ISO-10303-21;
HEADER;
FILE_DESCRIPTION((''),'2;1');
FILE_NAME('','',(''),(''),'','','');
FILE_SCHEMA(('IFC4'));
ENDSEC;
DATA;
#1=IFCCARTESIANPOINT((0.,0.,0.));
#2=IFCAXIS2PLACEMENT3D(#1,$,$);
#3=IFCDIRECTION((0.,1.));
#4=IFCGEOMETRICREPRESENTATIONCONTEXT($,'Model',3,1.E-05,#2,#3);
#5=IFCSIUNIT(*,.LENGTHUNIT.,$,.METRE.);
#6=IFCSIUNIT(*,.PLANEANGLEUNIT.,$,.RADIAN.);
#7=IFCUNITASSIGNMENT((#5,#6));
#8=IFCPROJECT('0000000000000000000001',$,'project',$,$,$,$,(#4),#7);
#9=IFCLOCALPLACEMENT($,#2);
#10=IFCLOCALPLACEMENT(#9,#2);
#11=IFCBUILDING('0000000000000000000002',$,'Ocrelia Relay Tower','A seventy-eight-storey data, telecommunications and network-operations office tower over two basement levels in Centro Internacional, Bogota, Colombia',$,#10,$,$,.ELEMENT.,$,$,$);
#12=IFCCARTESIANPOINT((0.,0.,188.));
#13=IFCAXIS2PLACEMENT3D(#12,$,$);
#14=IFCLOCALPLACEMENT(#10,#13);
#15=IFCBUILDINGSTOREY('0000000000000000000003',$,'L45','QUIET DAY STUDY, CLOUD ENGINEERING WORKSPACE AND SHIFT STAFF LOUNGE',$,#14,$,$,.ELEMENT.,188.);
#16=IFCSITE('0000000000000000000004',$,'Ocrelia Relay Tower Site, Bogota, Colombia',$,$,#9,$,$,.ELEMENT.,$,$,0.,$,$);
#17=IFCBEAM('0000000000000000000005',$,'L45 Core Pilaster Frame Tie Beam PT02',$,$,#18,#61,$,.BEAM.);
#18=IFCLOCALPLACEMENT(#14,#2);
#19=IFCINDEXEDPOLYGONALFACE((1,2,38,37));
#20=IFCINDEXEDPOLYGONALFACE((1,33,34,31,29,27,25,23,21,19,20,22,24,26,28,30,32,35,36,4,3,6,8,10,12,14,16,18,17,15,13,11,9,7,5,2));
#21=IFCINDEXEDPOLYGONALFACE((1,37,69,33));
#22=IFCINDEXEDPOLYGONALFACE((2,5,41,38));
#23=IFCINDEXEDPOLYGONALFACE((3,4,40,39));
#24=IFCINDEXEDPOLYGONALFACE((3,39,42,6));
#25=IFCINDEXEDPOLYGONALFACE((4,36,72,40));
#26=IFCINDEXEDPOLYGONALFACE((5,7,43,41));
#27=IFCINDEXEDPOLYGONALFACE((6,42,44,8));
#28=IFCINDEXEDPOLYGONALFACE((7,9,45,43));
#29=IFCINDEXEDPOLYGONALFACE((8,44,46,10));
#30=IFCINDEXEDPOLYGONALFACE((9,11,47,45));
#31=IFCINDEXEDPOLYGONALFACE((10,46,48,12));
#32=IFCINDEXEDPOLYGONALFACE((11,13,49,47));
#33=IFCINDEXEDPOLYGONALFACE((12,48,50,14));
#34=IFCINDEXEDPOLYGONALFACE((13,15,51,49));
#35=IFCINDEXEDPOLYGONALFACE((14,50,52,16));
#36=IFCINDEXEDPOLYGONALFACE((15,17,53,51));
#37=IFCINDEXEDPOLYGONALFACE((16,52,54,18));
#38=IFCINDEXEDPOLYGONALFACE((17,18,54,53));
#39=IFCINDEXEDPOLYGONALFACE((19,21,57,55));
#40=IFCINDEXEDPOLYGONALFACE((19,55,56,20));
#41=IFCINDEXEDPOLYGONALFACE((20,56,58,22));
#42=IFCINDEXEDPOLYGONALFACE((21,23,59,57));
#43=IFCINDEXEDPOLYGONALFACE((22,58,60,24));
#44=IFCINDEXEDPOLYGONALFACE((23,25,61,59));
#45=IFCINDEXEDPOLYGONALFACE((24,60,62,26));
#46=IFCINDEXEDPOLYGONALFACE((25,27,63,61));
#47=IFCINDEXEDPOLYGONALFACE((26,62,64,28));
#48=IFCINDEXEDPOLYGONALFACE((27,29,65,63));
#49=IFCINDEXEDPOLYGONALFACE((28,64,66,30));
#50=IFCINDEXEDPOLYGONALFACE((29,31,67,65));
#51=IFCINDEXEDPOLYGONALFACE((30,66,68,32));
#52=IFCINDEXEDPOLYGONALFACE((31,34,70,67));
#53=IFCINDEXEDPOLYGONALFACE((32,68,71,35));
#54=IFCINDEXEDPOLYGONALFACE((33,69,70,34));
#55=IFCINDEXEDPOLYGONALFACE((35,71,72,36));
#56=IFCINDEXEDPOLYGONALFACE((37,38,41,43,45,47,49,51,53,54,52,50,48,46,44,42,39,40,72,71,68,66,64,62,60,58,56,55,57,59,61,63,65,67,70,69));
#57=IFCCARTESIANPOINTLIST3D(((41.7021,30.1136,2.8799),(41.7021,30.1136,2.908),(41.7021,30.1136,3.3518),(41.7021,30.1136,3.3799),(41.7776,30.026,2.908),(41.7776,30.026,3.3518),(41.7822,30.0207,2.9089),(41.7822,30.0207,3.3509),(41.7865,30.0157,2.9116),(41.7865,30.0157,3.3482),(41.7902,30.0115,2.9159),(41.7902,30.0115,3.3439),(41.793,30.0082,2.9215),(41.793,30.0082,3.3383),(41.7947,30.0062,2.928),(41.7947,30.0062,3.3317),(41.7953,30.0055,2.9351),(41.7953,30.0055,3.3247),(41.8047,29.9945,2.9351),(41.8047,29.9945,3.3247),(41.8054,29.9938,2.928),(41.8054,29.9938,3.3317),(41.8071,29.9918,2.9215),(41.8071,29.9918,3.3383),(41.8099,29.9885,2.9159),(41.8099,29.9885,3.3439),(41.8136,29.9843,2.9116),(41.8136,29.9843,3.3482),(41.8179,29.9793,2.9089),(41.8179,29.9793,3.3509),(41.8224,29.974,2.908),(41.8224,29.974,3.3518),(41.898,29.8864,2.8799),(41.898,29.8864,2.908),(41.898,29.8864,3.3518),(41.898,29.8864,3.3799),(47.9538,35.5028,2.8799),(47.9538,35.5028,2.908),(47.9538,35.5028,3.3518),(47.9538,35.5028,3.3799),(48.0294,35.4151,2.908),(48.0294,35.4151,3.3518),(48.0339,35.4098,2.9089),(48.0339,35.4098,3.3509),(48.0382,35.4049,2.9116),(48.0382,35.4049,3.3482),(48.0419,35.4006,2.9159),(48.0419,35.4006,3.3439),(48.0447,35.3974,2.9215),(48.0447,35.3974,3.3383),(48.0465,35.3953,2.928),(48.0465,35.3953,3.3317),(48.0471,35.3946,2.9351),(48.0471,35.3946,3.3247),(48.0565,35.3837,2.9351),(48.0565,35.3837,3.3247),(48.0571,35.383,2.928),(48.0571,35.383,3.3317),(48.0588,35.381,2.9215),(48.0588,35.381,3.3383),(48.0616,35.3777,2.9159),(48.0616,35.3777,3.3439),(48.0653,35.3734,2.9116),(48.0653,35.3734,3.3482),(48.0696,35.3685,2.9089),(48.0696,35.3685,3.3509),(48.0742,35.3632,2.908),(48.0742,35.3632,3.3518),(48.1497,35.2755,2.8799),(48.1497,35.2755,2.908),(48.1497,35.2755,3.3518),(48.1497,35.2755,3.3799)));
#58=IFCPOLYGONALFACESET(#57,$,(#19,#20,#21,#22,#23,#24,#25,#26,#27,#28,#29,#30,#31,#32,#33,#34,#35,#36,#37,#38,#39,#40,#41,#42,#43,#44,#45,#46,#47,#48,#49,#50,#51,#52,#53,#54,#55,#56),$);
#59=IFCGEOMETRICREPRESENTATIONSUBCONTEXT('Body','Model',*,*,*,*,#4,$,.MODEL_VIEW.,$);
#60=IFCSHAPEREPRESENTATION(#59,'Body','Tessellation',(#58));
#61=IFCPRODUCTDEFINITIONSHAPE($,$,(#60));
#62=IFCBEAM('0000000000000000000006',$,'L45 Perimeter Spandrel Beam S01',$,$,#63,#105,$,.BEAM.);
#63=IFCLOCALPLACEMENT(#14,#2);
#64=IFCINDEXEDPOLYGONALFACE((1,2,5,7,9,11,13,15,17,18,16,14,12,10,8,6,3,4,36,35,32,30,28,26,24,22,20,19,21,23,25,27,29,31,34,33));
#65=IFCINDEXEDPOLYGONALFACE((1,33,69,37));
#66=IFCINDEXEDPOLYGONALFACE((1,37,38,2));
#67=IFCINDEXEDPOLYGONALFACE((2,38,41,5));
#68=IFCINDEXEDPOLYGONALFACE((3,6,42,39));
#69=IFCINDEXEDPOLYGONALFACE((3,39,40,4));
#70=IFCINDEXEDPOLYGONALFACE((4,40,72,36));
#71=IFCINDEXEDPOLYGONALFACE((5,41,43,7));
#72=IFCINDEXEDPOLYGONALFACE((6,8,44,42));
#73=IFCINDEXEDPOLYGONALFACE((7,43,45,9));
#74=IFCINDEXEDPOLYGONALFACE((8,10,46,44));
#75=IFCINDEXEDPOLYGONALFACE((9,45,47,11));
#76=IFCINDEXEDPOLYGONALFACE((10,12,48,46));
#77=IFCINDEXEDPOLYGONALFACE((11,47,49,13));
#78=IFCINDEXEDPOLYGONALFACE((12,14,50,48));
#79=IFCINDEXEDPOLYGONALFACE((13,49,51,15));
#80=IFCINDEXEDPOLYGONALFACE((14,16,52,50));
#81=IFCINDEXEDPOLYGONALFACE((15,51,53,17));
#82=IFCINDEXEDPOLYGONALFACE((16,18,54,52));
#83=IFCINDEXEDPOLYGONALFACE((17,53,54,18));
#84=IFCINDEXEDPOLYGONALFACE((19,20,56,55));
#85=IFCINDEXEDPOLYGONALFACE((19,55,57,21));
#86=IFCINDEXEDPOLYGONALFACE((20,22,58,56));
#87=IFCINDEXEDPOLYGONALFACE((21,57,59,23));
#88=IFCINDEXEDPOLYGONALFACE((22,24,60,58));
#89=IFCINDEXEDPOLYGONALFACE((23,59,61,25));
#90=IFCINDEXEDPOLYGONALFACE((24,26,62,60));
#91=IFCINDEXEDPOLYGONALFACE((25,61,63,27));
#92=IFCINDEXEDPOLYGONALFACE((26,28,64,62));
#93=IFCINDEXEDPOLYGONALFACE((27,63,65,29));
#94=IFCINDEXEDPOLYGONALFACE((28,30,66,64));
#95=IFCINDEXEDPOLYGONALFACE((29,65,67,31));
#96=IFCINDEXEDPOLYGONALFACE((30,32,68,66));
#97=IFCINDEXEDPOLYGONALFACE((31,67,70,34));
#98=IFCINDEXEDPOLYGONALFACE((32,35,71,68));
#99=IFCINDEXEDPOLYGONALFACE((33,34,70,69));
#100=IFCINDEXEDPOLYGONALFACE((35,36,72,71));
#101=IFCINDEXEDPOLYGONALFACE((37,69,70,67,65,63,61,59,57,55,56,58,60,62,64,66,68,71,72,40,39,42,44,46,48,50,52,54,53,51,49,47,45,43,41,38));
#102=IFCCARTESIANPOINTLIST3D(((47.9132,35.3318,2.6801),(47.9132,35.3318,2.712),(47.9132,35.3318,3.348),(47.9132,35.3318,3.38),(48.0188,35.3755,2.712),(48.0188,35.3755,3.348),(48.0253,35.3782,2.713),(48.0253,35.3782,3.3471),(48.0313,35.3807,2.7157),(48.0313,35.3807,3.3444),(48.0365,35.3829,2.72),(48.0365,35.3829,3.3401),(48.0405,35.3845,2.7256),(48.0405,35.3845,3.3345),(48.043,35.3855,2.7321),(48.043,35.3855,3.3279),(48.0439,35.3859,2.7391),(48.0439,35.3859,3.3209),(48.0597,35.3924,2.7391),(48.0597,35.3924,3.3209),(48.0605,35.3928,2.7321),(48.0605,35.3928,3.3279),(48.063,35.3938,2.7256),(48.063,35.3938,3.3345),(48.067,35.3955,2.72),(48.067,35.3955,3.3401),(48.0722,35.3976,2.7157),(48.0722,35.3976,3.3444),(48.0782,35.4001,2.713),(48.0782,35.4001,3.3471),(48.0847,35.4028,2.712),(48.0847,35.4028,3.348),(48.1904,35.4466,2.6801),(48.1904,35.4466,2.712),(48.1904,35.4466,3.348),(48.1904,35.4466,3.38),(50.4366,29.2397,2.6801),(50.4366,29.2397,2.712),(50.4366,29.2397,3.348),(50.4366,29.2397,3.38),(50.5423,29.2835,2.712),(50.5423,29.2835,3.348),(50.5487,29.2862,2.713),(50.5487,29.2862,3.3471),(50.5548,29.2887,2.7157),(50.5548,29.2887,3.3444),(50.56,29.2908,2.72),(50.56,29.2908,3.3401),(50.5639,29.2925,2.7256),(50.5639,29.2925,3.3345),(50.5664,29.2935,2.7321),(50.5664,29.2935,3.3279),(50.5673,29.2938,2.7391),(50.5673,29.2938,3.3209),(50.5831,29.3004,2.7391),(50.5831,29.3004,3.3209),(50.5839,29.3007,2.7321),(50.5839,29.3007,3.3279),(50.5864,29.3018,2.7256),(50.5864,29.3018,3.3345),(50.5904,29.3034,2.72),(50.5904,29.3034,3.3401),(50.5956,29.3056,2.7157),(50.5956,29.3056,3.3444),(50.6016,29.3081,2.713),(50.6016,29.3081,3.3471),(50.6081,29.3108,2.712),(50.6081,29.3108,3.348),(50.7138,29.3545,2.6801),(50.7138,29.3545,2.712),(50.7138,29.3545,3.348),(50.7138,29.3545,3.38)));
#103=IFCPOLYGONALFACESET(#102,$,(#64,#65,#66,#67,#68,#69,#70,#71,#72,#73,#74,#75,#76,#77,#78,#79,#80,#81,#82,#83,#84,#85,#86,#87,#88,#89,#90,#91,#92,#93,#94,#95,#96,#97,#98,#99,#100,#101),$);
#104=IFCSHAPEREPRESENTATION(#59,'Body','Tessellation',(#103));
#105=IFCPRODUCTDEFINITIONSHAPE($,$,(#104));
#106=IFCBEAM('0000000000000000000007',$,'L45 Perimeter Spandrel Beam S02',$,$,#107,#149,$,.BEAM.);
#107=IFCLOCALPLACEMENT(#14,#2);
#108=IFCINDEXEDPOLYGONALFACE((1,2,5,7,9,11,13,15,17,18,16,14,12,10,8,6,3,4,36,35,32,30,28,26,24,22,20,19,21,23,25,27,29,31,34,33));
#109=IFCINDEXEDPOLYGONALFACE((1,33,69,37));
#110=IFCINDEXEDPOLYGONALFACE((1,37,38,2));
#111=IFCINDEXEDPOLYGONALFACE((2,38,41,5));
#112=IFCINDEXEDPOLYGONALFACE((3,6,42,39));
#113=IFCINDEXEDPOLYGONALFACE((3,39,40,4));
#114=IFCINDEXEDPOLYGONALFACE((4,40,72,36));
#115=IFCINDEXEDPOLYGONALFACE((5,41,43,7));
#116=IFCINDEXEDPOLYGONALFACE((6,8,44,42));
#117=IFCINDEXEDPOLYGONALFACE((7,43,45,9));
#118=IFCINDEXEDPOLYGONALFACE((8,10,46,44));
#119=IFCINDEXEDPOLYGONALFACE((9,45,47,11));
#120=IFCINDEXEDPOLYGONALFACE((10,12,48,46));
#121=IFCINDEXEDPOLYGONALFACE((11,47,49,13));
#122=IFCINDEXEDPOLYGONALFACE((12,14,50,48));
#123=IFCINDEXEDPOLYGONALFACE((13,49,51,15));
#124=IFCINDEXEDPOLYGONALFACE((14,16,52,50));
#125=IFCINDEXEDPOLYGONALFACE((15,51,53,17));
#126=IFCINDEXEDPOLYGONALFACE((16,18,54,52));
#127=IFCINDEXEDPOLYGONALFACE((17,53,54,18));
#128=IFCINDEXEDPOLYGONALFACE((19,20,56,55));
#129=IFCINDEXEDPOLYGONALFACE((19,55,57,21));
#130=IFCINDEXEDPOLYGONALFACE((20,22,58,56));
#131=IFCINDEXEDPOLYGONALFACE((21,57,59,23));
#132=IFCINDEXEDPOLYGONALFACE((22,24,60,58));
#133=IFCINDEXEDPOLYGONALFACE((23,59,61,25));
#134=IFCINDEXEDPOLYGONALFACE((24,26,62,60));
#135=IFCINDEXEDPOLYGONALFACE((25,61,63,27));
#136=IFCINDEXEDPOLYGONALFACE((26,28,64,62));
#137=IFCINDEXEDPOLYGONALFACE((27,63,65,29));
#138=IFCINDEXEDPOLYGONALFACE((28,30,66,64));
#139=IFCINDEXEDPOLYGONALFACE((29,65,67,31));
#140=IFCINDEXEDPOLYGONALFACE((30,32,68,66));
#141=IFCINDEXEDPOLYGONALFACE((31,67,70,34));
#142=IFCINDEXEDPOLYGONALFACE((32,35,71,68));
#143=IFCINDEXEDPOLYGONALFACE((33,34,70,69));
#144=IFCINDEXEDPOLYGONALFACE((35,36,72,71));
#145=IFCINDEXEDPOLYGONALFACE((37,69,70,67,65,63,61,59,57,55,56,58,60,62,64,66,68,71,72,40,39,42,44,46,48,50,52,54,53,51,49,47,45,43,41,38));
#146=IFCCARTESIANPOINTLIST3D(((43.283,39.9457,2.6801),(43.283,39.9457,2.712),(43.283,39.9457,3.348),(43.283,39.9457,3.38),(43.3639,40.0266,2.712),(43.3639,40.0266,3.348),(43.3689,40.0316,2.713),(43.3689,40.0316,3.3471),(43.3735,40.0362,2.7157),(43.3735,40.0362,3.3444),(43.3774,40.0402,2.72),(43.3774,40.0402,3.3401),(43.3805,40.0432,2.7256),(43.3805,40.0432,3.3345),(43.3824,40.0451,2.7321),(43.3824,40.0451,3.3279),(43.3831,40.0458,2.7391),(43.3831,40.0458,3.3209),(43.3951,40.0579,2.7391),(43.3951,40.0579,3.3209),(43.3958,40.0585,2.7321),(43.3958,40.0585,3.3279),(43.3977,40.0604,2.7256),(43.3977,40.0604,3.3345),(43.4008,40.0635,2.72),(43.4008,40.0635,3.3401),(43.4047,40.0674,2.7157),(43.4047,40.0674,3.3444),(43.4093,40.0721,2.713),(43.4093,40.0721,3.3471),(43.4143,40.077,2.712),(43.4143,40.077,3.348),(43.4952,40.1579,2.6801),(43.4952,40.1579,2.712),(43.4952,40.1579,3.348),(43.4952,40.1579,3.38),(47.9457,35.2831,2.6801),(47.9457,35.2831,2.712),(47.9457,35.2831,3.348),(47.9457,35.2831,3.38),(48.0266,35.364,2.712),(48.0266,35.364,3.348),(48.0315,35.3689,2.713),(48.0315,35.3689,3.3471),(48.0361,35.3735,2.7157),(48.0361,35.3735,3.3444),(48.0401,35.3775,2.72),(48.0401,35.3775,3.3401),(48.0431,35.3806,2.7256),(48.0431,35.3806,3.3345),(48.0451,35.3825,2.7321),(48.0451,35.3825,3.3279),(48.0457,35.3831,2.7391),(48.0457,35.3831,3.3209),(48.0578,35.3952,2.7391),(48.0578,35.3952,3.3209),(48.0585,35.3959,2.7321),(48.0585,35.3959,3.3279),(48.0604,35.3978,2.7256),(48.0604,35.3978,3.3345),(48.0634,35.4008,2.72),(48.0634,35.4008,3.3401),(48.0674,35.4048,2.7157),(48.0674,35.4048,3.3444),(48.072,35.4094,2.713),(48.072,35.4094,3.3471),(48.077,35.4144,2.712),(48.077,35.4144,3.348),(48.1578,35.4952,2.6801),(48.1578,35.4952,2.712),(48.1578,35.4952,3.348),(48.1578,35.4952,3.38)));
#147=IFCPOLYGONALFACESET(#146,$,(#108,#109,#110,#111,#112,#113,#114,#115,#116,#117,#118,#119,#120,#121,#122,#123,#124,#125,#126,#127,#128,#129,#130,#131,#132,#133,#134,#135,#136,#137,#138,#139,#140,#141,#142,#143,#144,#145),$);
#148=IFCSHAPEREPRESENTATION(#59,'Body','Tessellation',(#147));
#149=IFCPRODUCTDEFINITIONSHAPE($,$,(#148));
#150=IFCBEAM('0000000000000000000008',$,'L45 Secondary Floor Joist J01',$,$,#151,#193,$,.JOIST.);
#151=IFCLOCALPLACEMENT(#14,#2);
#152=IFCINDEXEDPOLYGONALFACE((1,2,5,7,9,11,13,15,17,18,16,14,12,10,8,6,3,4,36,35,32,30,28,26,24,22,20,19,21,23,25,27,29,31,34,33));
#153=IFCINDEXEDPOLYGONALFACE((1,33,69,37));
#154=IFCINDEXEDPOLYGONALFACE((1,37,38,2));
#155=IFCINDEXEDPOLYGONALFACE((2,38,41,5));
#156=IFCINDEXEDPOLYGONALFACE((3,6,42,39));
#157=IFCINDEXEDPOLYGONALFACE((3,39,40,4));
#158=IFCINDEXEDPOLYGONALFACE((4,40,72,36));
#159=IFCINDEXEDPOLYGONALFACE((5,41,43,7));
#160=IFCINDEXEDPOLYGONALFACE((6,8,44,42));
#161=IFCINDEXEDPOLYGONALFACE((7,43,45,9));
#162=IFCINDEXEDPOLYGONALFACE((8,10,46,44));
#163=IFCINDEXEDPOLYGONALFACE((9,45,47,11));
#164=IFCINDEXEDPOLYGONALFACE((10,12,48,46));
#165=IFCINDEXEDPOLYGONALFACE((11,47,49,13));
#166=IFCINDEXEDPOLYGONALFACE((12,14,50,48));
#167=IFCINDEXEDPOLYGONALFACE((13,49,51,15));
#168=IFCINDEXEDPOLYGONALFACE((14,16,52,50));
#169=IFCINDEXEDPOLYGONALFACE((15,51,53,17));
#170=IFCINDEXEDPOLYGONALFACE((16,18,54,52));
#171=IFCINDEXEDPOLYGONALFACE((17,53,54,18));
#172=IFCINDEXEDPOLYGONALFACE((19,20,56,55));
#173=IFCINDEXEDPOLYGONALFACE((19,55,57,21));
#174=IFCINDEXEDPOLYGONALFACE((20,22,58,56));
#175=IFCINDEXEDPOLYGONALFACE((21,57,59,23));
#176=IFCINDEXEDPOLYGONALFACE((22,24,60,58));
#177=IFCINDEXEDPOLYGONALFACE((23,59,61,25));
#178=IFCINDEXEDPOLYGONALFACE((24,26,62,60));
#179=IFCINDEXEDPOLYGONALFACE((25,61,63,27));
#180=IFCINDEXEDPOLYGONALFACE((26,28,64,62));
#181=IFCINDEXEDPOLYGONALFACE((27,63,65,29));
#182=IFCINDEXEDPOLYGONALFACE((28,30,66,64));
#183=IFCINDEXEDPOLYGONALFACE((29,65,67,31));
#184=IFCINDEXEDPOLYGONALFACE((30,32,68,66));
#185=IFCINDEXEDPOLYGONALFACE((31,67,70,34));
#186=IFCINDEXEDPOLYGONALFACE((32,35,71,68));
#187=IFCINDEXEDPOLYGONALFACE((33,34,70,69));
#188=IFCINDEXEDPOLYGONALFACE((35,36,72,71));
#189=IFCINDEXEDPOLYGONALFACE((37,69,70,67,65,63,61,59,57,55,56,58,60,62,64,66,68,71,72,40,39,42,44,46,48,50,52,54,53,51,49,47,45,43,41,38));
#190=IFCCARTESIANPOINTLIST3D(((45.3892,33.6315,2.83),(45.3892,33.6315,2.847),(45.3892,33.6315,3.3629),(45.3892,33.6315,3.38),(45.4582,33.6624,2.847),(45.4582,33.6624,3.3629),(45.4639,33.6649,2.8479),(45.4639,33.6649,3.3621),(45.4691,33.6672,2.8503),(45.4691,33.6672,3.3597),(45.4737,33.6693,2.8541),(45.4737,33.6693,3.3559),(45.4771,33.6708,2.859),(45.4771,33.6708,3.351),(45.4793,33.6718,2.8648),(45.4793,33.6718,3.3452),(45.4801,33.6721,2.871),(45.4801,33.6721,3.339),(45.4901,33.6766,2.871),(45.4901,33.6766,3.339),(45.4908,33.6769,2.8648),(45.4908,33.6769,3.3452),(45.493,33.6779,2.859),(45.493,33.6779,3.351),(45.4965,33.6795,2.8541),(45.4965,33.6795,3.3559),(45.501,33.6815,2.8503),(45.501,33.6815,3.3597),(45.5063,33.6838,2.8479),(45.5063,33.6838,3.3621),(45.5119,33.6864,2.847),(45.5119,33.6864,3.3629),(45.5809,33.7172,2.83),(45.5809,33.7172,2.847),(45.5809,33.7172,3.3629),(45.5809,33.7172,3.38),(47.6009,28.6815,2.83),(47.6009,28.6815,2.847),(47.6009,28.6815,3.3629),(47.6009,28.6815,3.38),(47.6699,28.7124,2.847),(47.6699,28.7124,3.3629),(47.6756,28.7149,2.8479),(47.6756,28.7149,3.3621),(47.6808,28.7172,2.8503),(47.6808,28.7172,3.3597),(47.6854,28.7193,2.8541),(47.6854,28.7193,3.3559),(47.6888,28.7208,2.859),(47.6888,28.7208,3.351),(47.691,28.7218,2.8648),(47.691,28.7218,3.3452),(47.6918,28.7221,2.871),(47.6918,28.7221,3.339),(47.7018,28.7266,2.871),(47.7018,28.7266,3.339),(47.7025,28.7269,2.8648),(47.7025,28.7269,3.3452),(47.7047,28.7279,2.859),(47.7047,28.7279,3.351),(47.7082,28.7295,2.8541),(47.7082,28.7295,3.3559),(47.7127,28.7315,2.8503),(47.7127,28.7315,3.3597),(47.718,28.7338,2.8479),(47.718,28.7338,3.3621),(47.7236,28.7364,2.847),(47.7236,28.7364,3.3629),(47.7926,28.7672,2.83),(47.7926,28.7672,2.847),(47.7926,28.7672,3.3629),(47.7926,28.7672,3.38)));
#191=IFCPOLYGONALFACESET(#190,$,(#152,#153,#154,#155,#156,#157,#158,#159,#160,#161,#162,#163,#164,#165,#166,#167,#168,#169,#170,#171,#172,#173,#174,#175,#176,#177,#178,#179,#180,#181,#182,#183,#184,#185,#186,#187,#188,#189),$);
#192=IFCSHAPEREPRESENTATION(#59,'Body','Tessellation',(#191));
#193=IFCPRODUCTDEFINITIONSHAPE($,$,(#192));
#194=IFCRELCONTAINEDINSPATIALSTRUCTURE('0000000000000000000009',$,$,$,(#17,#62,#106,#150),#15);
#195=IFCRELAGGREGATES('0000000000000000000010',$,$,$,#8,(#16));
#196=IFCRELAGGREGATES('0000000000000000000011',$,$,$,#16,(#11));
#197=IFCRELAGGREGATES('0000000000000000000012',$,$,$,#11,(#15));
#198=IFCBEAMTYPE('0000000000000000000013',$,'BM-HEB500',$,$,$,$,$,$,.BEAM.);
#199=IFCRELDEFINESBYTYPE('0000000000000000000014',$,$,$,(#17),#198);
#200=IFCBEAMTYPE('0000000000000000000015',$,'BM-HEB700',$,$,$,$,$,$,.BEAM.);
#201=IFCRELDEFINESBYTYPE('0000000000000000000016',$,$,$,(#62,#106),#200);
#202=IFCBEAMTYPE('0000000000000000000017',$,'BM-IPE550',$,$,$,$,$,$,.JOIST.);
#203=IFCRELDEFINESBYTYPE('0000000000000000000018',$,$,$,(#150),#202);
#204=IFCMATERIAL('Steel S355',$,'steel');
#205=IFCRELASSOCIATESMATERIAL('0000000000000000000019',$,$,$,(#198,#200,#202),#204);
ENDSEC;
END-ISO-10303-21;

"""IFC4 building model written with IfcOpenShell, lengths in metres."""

from ifc_helpers import new_model, si_unit, direction, frame, origin, origin_2d, place, context, subcontext, project, spatial, i_section, extrude, material, material_profile, profile_set, type_object, element, save


model = new_model("IFC4")

# Units and contexts
model_context = context("Model", 3, precision=1e-05, world=origin(), true_north=direction((0.0, 1.0)))
body_context = subcontext(model_context, "Body", "Model", "MODEL_VIEW")
ifc_project = project(units=[si_unit("LENGTHUNIT", "METRE"), si_unit("PLANEANGLEUNIT", "RADIAN")], contexts=[model_context])

# Site, building, storey
site_placement = place(None, origin())
site = spatial("IfcSite", under=ifc_project, at=site_placement, Name="Ocrelia Relay Tower Site, Bogota, Colombia", CompositionType="ELEMENT", RefElevation=0.0)
building_placement = place(site_placement, origin())
building = spatial("IfcBuilding", under=site, at=building_placement, Name="Ocrelia Relay Tower", Description="A seventy-eight-storey data, telecommunications and network-operations office tower over two basement levels in Centro Internacional, Bogota, Colombia", CompositionType="ELEMENT")
storey_placement = place(building_placement, frame((0.0, 0.0, 188.0)))
storey = spatial("IfcBuildingStorey", under=building, at=storey_placement, Name="L45", Description="QUIET DAY STUDY, CLOUD ENGINEERING WORKSPACE AND SHIFT STAFF LOUNGE", CompositionType="ELEMENT", Elevation=188.0)

# Beams
ifc_material_1 = material(Name="Steel S355", Category="steel")
ifc_material_profile_1 = material_profile(ifc_material_1, i_section(OverallWidth=0.3, OverallDepth=0.5, WebThickness=0.0144, FlangeThickness=0.0281, FilletRadius=0.0271, at=origin_2d()), Name="HEB 500")
ifc_profile_set_1 = profile_set([ifc_material_profile_1], Name="Steel S355")
beam_type_1 = type_object("IfcBeamType", Name="BM-HEB500", PredefinedType="BEAM", material=ifc_profile_set_1)
beam_1_placement = place(storey_placement, frame((48.0518, 35.3892, 3.1299), z_axis=(-0.757425, -0.652923, 0.0), x_axis=(0.652923, -0.757425, 0.0)))
element("IfcBeam", 1, at=beam_1_placement, inside=storey, type_object=beam_type_1, Name="L45 Core Pilaster Frame Tie Beam PT02", PredefinedType="BEAM", context=body_context, shape_type="SweptSolid", body=[
    extrude(i_section(OverallWidth=0.3, OverallDepth=0.5, WebThickness=0.0144, FlangeThickness=0.0281, FilletRadius=0.0271, at=origin_2d()), origin(), (0.0, 0.0, 1.0), 8.2539),
])
ifc_material_profile_2 = material_profile(ifc_material_1, i_section(OverallWidth=0.3, OverallDepth=0.7, WebThickness=0.0171, FlangeThickness=0.032, FilletRadius=0.0271, at=origin_2d()), Name="HEB 700")
ifc_profile_set_2 = profile_set([ifc_material_profile_2], Name="Steel S355")
beam_type_2 = type_object("IfcBeamType", Name="BM-HEB700", PredefinedType="BEAM", material=ifc_profile_set_2)
for number, where, z_axis, x_axis, name in (
    (2, (50.5752, 29.2971, 3.03), (-0.382688, 0.923878, 0.0), (-0.923878, -0.382688, 0.0), "L45 Perimeter Spandrel Beam S01"),
    (3, (48.0518, 35.3892, 3.03), (-0.707107, 0.707107, 0.0), (-0.707107, -0.707107, 0.0), "L45 Perimeter Spandrel Beam S02"),
):
    element("IfcBeam", number, at=place(storey_placement, frame(where, z_axis=z_axis, x_axis=x_axis)), inside=storey, type_object=beam_type_2, Name=name, PredefinedType="BEAM", context=body_context, shape_type="SweptSolid", body=[
        extrude(i_section(OverallWidth=0.3, OverallDepth=0.7, WebThickness=0.0171, FlangeThickness=0.032, FilletRadius=0.0271, at=origin_2d()), origin(), (0.0, 0.0, 1.0), 6.594),
    ])
ifc_material_profile_3 = material_profile(ifc_material_1, i_section(OverallWidth=0.21, OverallDepth=0.55, WebThickness=0.011, FlangeThickness=0.0171, FilletRadius=0.0239, at=origin_2d()), Name="IPE 550")
ifc_profile_set_3 = profile_set([ifc_material_profile_3], Name="Steel S355")
beam_type_3 = type_object("IfcBeamType", Name="BM-IPE550", PredefinedType="JOIST", material=ifc_profile_set_3)
beam_2_placement = place(storey_placement, frame((47.6968, 28.7244, 3.105), z_axis=(-0.407938, 0.913009, 0.0), x_axis=(-0.913009, -0.407938, 0.0)))
element("IfcBeam", 4, at=beam_2_placement, inside=storey, type_object=beam_type_3, Name="L45 Secondary Floor Joist J01", PredefinedType="JOIST", context=body_context, shape_type="SweptSolid", body=[
    extrude(i_section(OverallWidth=0.21, OverallDepth=0.55, WebThickness=0.011, FlangeThickness=0.0171, FilletRadius=0.0239, at=origin_2d()), origin(), (0.0, 0.0, 1.0), 5.4216),
])

save(model, "model.ifc")
